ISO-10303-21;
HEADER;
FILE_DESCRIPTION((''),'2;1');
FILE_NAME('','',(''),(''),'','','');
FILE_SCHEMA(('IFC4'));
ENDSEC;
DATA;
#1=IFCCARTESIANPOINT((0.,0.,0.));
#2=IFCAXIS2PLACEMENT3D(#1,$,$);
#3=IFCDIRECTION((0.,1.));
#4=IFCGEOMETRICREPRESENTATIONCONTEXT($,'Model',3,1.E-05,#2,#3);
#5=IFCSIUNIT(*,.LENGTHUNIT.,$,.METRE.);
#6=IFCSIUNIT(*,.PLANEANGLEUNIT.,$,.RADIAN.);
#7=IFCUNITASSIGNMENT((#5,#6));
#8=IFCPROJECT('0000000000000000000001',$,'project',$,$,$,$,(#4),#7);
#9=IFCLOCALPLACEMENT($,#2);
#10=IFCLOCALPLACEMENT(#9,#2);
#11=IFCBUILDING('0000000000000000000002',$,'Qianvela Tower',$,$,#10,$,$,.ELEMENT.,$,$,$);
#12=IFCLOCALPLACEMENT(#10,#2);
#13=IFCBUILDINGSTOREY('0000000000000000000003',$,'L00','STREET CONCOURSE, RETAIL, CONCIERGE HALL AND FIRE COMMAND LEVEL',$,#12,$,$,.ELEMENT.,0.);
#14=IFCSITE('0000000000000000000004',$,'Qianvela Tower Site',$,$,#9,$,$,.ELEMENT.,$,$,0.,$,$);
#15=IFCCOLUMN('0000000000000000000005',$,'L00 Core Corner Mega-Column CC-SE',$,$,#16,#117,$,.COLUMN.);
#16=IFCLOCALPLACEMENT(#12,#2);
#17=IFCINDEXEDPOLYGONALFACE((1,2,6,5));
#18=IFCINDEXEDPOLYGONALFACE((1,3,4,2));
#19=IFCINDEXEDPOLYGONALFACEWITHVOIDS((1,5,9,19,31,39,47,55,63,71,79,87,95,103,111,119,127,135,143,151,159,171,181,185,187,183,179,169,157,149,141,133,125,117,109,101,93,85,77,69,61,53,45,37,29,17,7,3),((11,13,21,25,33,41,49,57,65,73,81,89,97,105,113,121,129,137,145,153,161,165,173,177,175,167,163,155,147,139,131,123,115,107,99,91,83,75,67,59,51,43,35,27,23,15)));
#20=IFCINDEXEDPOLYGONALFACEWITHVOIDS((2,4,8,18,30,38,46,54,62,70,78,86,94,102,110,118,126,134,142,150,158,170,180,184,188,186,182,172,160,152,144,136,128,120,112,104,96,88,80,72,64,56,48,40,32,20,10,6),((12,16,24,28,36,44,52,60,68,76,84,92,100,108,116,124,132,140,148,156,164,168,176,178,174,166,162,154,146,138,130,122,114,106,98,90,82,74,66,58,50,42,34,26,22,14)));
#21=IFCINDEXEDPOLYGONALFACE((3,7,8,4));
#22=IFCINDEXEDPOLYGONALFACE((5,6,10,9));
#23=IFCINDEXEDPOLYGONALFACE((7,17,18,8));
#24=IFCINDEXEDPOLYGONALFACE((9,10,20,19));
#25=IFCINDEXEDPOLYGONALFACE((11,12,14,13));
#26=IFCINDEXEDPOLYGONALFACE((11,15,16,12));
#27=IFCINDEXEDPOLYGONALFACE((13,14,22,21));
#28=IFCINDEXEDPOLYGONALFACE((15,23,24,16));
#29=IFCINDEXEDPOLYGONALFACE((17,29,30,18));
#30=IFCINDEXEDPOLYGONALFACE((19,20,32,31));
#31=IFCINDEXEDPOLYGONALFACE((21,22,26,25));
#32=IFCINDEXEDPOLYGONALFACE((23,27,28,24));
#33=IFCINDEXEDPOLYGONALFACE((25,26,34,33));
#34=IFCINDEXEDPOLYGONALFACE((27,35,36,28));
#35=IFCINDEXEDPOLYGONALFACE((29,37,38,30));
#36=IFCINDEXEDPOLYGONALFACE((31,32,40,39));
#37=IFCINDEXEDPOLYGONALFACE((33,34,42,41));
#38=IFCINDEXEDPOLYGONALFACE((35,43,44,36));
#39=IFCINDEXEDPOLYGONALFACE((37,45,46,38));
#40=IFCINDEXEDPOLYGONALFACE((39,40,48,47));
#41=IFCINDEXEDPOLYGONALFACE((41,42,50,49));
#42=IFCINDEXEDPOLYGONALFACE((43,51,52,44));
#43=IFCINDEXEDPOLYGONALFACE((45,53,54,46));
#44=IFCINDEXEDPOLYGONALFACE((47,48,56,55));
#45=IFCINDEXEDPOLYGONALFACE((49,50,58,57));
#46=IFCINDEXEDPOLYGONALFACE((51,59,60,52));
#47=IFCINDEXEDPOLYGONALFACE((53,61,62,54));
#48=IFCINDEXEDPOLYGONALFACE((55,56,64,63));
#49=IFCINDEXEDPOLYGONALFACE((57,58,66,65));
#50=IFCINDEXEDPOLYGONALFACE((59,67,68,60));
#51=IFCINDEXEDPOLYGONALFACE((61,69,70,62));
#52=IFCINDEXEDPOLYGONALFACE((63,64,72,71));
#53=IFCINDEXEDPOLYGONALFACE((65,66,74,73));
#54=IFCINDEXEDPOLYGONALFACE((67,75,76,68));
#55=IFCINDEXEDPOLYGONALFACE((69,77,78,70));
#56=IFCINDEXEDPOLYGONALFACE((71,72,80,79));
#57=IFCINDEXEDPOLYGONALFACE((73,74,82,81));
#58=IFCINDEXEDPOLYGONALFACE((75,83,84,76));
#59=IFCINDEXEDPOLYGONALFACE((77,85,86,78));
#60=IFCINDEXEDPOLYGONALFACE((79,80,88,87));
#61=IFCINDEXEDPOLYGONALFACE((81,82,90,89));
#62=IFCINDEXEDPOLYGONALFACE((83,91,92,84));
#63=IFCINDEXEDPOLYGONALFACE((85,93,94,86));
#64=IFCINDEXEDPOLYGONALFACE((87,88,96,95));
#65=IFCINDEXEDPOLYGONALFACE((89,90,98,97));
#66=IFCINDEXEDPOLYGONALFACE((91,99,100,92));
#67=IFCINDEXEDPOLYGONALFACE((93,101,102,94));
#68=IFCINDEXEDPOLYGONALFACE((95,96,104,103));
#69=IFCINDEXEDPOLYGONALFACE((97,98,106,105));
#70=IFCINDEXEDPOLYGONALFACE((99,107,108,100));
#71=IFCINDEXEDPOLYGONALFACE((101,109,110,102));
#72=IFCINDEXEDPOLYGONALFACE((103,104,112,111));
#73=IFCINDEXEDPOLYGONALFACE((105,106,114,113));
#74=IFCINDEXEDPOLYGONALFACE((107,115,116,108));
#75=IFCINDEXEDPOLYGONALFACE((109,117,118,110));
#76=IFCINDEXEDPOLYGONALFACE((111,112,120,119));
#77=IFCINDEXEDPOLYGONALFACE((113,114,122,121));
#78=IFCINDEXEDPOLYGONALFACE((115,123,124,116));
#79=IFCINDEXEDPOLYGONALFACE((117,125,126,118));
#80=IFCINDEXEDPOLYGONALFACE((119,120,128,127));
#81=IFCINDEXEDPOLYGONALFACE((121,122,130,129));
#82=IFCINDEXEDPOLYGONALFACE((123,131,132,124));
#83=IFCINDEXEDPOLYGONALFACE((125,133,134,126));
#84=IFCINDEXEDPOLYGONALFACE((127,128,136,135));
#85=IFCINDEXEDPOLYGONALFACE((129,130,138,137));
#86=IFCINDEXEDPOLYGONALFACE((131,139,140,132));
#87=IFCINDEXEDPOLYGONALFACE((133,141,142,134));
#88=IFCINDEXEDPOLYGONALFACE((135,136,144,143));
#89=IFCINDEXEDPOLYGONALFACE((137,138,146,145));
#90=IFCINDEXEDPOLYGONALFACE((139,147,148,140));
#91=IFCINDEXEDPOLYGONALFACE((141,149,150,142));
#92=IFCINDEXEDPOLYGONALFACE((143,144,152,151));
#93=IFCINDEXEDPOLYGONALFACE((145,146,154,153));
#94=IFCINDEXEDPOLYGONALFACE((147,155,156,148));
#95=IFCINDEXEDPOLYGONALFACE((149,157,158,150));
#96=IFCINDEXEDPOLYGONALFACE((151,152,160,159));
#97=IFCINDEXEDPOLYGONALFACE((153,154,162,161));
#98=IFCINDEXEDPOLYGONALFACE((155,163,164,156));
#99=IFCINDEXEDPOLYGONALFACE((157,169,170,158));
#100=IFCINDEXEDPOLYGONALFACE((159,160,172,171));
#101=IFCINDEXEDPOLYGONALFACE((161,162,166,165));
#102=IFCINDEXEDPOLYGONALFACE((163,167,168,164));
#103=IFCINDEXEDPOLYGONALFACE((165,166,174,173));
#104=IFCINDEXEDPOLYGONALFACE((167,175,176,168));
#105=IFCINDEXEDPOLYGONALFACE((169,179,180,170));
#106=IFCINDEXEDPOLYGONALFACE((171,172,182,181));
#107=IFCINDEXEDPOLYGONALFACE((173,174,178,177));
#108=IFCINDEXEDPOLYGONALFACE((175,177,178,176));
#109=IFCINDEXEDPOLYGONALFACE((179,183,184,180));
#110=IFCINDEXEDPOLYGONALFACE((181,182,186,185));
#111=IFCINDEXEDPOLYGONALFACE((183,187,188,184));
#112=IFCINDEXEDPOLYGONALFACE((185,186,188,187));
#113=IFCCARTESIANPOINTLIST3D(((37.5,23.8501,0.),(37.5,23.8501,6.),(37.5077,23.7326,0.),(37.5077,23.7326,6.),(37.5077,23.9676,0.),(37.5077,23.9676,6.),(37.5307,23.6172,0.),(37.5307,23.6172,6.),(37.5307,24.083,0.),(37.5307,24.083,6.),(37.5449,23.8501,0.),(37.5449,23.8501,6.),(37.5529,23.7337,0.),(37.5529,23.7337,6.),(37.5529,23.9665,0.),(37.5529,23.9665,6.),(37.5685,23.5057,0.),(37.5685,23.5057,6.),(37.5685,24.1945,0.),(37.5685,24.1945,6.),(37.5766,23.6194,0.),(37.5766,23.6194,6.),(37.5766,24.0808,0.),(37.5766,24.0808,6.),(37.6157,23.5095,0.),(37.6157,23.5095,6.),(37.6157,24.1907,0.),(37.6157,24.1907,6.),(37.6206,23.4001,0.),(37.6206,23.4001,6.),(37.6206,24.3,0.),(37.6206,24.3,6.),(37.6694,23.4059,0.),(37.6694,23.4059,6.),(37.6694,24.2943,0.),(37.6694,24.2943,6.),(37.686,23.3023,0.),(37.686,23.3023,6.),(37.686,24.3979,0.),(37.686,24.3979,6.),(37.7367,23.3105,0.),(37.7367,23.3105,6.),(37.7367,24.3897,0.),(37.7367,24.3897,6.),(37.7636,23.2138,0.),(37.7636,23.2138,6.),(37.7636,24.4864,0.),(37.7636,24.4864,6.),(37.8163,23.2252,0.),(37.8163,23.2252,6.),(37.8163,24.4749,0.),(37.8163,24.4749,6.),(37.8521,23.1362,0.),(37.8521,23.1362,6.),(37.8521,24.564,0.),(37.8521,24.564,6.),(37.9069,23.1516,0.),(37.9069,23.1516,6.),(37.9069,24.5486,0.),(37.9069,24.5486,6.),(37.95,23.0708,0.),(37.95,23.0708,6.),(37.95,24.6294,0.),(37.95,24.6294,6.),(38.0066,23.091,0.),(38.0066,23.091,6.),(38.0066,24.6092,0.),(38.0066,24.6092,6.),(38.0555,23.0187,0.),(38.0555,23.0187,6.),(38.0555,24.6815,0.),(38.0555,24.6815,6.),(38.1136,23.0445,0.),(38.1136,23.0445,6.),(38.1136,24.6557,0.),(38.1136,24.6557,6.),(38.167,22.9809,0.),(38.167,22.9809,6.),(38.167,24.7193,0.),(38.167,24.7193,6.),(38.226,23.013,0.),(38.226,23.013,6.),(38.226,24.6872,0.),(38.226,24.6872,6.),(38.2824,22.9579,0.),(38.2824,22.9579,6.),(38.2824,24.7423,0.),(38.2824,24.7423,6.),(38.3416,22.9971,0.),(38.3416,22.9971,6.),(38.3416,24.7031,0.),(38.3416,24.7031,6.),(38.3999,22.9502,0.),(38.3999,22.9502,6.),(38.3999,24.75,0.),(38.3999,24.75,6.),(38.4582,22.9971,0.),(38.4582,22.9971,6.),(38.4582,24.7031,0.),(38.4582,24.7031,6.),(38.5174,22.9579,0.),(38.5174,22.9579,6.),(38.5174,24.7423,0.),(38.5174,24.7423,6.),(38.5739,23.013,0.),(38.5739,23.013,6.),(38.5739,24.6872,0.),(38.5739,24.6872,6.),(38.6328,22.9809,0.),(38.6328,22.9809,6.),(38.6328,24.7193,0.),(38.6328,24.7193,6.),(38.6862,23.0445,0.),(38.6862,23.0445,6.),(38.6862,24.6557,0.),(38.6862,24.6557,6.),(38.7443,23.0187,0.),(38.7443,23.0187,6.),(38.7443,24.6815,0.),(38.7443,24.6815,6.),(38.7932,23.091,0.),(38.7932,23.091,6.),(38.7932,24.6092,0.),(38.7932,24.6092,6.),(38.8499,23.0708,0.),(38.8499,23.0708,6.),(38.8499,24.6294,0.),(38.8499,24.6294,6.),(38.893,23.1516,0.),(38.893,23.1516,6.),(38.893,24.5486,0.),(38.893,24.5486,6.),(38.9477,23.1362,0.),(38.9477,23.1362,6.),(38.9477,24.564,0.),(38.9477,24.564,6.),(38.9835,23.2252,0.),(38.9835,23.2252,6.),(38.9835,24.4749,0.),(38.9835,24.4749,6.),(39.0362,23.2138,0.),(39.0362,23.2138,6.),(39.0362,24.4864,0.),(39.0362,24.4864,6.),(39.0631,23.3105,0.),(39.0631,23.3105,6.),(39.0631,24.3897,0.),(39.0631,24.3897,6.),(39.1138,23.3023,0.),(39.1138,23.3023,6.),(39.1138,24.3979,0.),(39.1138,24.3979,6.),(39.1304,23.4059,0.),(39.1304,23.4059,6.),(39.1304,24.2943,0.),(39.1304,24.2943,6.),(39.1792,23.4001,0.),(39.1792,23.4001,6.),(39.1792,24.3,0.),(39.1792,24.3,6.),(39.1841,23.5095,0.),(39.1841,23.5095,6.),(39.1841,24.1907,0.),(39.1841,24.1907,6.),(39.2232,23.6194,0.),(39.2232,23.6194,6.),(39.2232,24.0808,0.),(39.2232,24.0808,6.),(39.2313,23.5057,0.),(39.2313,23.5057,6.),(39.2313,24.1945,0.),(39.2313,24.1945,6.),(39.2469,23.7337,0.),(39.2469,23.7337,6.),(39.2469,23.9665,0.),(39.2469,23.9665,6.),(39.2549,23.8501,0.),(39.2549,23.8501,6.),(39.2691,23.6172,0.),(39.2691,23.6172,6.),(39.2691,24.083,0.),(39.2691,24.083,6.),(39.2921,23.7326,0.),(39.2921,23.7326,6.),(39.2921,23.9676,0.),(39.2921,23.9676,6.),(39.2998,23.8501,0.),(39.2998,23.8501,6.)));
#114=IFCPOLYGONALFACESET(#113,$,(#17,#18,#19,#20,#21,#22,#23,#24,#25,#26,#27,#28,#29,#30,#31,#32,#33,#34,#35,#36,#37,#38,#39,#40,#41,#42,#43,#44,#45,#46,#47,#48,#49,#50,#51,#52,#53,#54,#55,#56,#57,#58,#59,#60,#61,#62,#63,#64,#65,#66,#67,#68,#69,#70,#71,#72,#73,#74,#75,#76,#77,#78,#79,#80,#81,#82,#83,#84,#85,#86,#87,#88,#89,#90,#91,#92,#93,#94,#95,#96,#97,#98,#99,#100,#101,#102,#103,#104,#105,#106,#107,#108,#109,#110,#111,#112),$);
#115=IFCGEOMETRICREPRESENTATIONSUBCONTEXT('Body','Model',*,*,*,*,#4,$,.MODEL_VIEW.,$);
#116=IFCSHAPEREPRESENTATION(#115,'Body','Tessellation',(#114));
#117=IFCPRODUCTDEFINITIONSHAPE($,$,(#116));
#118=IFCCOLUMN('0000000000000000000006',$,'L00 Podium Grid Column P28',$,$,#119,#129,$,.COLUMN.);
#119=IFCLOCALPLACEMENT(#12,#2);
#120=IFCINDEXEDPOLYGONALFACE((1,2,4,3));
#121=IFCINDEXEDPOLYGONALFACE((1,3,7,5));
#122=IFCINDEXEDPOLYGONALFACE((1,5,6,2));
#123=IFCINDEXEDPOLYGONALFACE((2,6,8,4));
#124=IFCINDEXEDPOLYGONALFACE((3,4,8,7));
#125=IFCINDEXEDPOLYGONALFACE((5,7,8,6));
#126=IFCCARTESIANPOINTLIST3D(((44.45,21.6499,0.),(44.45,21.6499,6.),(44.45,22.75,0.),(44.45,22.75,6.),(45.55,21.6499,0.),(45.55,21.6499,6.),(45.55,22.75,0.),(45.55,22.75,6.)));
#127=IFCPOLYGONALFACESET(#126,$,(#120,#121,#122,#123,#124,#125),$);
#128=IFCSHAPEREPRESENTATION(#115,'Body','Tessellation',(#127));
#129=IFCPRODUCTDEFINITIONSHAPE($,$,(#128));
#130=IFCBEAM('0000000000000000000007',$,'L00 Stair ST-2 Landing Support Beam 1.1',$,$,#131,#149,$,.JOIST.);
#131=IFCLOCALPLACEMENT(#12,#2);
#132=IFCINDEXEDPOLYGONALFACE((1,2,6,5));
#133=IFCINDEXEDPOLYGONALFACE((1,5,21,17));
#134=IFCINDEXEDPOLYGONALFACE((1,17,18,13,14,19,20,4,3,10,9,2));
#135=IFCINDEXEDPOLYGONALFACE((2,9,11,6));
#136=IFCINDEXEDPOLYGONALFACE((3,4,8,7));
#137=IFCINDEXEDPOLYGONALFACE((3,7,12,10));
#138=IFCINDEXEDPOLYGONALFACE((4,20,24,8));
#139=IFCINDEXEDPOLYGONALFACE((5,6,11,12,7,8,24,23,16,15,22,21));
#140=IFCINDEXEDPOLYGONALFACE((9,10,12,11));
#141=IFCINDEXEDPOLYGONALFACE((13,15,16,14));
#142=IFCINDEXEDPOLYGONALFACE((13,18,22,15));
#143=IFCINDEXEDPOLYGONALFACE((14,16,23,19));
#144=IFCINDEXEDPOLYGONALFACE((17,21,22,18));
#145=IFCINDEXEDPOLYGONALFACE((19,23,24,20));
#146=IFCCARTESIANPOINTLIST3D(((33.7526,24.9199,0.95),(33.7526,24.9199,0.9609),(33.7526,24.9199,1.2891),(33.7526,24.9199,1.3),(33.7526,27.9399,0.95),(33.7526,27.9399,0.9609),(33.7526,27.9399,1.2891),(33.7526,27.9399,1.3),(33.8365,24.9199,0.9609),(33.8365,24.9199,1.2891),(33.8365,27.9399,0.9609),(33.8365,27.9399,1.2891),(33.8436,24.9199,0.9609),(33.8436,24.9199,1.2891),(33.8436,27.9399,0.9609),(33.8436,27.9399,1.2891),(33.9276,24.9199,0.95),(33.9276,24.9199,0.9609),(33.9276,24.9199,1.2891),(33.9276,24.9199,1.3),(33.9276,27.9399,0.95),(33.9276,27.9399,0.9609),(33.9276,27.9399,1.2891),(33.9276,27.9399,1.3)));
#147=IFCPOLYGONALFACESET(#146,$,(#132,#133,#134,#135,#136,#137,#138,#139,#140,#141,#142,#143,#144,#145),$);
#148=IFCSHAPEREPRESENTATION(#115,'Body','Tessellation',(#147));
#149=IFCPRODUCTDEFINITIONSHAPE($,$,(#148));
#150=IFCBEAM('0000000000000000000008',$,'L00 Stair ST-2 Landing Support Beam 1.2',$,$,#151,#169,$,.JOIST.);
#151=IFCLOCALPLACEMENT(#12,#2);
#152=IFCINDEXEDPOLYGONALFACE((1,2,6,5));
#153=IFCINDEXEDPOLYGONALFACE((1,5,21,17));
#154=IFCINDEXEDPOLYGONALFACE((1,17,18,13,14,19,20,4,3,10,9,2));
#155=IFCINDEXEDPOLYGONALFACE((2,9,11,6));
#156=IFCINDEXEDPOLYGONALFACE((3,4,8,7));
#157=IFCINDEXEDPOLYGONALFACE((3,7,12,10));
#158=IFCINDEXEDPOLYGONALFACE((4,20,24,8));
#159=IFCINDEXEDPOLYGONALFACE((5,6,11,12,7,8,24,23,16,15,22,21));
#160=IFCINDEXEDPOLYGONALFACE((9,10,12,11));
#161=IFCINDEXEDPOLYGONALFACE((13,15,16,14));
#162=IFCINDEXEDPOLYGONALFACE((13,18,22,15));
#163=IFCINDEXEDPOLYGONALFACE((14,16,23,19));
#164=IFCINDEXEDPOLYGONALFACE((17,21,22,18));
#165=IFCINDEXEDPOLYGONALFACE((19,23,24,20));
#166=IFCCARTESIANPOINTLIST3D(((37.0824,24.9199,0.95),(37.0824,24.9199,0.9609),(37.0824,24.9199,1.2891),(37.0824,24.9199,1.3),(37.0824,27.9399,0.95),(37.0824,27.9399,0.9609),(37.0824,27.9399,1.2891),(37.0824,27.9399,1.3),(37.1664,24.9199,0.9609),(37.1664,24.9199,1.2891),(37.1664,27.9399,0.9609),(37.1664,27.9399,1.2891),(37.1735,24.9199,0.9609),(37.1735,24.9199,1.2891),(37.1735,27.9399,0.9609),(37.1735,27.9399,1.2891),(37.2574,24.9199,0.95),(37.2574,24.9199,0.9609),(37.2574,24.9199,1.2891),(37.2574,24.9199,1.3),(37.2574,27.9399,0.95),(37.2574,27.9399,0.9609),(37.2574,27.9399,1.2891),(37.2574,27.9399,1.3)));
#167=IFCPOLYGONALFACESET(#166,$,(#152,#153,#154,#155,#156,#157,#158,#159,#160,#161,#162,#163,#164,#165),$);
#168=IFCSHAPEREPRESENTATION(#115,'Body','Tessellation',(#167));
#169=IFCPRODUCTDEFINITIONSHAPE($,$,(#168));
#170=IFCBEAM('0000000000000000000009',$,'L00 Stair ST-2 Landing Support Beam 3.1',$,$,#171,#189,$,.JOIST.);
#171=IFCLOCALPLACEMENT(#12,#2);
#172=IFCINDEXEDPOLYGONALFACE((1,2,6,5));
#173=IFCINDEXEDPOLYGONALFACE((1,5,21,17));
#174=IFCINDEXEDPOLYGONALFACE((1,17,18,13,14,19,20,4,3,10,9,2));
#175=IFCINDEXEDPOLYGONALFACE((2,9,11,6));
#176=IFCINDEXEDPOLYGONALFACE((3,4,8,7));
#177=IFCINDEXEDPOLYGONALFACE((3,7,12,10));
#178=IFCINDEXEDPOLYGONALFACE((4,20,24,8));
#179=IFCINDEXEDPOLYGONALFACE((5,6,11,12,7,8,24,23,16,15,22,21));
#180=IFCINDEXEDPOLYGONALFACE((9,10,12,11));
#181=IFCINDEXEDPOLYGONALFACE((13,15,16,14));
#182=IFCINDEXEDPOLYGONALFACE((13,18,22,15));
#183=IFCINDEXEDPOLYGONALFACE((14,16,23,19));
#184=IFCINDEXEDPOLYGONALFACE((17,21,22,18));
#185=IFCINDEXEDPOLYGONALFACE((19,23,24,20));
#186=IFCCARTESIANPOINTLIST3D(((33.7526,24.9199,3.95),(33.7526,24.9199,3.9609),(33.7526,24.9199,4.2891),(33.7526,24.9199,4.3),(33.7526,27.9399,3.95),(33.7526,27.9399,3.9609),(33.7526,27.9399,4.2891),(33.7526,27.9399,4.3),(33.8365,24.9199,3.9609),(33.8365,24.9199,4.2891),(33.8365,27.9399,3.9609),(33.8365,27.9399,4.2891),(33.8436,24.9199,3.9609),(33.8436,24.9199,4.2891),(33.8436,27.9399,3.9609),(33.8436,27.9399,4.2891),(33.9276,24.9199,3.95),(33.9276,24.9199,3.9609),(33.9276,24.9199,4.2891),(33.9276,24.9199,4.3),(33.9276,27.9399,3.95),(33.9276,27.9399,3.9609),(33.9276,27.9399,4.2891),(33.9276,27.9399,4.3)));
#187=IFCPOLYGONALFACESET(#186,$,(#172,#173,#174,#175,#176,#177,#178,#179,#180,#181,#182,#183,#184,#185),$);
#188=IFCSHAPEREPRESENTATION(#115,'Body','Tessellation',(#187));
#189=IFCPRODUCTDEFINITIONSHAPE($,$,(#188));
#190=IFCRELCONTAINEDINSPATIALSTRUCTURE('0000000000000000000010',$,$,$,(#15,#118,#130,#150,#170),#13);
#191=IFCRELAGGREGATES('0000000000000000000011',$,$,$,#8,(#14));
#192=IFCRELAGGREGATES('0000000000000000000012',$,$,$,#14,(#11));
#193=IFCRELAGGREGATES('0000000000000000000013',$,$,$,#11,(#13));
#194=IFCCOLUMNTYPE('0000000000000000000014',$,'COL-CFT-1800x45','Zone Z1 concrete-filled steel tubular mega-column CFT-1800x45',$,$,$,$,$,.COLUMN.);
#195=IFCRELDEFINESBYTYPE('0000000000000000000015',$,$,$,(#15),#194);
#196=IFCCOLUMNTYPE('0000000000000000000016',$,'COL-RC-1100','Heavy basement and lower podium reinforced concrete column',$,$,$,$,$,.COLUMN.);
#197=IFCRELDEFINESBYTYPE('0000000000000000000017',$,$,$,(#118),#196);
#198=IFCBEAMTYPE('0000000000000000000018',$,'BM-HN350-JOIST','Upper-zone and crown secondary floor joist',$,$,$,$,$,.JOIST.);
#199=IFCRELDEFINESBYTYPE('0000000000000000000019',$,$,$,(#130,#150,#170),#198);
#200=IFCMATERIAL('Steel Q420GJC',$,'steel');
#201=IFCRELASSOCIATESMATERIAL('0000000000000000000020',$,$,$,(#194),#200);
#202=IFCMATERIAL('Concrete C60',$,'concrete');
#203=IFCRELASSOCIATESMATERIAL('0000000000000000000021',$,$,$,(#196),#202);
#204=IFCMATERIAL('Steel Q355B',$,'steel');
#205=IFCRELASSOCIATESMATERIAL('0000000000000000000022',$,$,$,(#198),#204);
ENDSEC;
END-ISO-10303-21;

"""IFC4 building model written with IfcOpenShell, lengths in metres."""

from ifc_helpers import new_model, si_unit, direction, frame, origin, origin_2d, place, context, subcontext, project, spatial, rectangle, hollow_circle, i_section, extrude, material, material_profile, profile_set, type_object, element, save


model = new_model("IFC4")

# Units and contexts
model_context = context("Model", 3, precision=1e-05, world=origin(), true_north=direction((0.0, 1.0)))
body_context = subcontext(model_context, "Body", "Model", "MODEL_VIEW")
ifc_project = project(units=[si_unit("LENGTHUNIT", "METRE"), si_unit("PLANEANGLEUNIT", "RADIAN")], contexts=[model_context])

# Site, building, storey
site_placement = place(None, origin())
site = spatial("IfcSite", under=ifc_project, at=site_placement, Name="Qianvela Tower Site", CompositionType="ELEMENT", RefElevation=0.0)
building_placement = place(site_placement, origin())
building = spatial("IfcBuilding", under=site, at=building_placement, Name="Qianvela Tower", CompositionType="ELEMENT")
storey_placement = place(building_placement, origin())
storey = spatial("IfcBuildingStorey", under=building, at=storey_placement, Name="L00", Description="STREET CONCOURSE, RETAIL, CONCIERGE HALL AND FIRE COMMAND LEVEL", CompositionType="ELEMENT", Elevation=0.0)

# Columns
ifc_material_1 = material(Name="Steel Q420GJC", Category="steel")
ifc_material_profile_1 = material_profile(ifc_material_1, hollow_circle(Radius=0.8999, WallThickness=0.0449, at=origin_2d()), Name="CFT-1800x45")
ifc_profile_set_1 = profile_set([ifc_material_profile_1], Name="Steel Q420GJC")
column_type_1 = type_object("IfcColumnType", Name="COL-CFT-1800x45", Description="Zone Z1 concrete-filled steel tubular mega-column CFT-1800x45", PredefinedType="COLUMN", material=ifc_profile_set_1)
column_1_placement = place(storey_placement, frame((38.3999, 23.8501, 0.0), z_axis=(0.0, 0.0, 1.0), x_axis=(1.0, 0.0, 0.0)))
element("IfcColumn", 1, at=column_1_placement, inside=storey, type_object=column_type_1, Name="L00 Core Corner Mega-Column CC-SE", PredefinedType="COLUMN", context=body_context, shape_type="SweptSolid", body=[
    extrude(hollow_circle(Radius=0.8999, WallThickness=0.0449, at=origin_2d()), origin(), (0.0, 0.0, 1.0), 6.0),
])
ifc_material_2 = material(Name="Concrete C60", Category="concrete")
ifc_material_profile_2 = material_profile(ifc_material_2, rectangle(XDim=1.1001, YDim=1.1001, at=origin_2d()), Name="RC-COL-1100x1100")
ifc_profile_set_2 = profile_set([ifc_material_profile_2], Name="Concrete C60")
column_type_2 = type_object("IfcColumnType", Name="COL-RC-1100", Description="Heavy basement and lower podium reinforced concrete column", PredefinedType="COLUMN", material=ifc_profile_set_2)
column_2_placement = place(storey_placement, frame((45.0, 22.2, 0.0), z_axis=(0.0, 0.0, 1.0), x_axis=(1.0, 0.0, 0.0)))
element("IfcColumn", 2, at=column_2_placement, inside=storey, type_object=column_type_2, Name="L00 Podium Grid Column P28", PredefinedType="COLUMN", context=body_context, shape_type="SweptSolid", body=[
    extrude(rectangle(XDim=1.1001, YDim=1.1001, at=origin_2d()), origin(), (0.0, 0.0, 1.0), 6.0),
])

# Beams
ifc_material_3 = material(Name="Steel Q355B", Category="steel")
ifc_material_profile_3 = material_profile(ifc_material_3, i_section(OverallWidth=0.175, OverallDepth=0.3501, WebThickness=0.0071, FlangeThickness=0.011, at=origin_2d()), Name="HN350x175x7x11")
ifc_profile_set_3 = profile_set([ifc_material_profile_3], Name="Steel Q355B")
beam_type_1 = type_object("IfcBeamType", Name="BM-HN350-JOIST", Description="Upper-zone and crown secondary floor joist", PredefinedType="JOIST", material=ifc_profile_set_3)
for number, where, z_axis, x_axis, name in (
    (3, (33.8401, 24.9199, 1.125), (0.0, 1.0, 0.0), (-1.0, 0.0, 0.0), "L00 Stair ST-2 Landing Support Beam 1.1"),
    (4, (37.1699, 24.9199, 1.125), (0.0, 1.0, 0.0), (-1.0, 0.0, 0.0), "L00 Stair ST-2 Landing Support Beam 1.2"),
    (5, (33.8401, 24.9199, 4.125), (0.0, 1.0, 0.0), (-1.0, 0.0, 0.0), "L00 Stair ST-2 Landing Support Beam 3.1"),
):
    element("IfcBeam", number, at=place(storey_placement, frame(where, z_axis=z_axis, x_axis=x_axis)), inside=storey, type_object=beam_type_1, Name=name, PredefinedType="JOIST", context=body_context, shape_type="SweptSolid", body=[
        extrude(i_section(OverallWidth=0.175, OverallDepth=0.3501, WebThickness=0.0071, FlangeThickness=0.011, at=origin_2d()), origin(), (0.0, 0.0, 1.0), 3.02),
    ])

save(model, "model.ifc")
